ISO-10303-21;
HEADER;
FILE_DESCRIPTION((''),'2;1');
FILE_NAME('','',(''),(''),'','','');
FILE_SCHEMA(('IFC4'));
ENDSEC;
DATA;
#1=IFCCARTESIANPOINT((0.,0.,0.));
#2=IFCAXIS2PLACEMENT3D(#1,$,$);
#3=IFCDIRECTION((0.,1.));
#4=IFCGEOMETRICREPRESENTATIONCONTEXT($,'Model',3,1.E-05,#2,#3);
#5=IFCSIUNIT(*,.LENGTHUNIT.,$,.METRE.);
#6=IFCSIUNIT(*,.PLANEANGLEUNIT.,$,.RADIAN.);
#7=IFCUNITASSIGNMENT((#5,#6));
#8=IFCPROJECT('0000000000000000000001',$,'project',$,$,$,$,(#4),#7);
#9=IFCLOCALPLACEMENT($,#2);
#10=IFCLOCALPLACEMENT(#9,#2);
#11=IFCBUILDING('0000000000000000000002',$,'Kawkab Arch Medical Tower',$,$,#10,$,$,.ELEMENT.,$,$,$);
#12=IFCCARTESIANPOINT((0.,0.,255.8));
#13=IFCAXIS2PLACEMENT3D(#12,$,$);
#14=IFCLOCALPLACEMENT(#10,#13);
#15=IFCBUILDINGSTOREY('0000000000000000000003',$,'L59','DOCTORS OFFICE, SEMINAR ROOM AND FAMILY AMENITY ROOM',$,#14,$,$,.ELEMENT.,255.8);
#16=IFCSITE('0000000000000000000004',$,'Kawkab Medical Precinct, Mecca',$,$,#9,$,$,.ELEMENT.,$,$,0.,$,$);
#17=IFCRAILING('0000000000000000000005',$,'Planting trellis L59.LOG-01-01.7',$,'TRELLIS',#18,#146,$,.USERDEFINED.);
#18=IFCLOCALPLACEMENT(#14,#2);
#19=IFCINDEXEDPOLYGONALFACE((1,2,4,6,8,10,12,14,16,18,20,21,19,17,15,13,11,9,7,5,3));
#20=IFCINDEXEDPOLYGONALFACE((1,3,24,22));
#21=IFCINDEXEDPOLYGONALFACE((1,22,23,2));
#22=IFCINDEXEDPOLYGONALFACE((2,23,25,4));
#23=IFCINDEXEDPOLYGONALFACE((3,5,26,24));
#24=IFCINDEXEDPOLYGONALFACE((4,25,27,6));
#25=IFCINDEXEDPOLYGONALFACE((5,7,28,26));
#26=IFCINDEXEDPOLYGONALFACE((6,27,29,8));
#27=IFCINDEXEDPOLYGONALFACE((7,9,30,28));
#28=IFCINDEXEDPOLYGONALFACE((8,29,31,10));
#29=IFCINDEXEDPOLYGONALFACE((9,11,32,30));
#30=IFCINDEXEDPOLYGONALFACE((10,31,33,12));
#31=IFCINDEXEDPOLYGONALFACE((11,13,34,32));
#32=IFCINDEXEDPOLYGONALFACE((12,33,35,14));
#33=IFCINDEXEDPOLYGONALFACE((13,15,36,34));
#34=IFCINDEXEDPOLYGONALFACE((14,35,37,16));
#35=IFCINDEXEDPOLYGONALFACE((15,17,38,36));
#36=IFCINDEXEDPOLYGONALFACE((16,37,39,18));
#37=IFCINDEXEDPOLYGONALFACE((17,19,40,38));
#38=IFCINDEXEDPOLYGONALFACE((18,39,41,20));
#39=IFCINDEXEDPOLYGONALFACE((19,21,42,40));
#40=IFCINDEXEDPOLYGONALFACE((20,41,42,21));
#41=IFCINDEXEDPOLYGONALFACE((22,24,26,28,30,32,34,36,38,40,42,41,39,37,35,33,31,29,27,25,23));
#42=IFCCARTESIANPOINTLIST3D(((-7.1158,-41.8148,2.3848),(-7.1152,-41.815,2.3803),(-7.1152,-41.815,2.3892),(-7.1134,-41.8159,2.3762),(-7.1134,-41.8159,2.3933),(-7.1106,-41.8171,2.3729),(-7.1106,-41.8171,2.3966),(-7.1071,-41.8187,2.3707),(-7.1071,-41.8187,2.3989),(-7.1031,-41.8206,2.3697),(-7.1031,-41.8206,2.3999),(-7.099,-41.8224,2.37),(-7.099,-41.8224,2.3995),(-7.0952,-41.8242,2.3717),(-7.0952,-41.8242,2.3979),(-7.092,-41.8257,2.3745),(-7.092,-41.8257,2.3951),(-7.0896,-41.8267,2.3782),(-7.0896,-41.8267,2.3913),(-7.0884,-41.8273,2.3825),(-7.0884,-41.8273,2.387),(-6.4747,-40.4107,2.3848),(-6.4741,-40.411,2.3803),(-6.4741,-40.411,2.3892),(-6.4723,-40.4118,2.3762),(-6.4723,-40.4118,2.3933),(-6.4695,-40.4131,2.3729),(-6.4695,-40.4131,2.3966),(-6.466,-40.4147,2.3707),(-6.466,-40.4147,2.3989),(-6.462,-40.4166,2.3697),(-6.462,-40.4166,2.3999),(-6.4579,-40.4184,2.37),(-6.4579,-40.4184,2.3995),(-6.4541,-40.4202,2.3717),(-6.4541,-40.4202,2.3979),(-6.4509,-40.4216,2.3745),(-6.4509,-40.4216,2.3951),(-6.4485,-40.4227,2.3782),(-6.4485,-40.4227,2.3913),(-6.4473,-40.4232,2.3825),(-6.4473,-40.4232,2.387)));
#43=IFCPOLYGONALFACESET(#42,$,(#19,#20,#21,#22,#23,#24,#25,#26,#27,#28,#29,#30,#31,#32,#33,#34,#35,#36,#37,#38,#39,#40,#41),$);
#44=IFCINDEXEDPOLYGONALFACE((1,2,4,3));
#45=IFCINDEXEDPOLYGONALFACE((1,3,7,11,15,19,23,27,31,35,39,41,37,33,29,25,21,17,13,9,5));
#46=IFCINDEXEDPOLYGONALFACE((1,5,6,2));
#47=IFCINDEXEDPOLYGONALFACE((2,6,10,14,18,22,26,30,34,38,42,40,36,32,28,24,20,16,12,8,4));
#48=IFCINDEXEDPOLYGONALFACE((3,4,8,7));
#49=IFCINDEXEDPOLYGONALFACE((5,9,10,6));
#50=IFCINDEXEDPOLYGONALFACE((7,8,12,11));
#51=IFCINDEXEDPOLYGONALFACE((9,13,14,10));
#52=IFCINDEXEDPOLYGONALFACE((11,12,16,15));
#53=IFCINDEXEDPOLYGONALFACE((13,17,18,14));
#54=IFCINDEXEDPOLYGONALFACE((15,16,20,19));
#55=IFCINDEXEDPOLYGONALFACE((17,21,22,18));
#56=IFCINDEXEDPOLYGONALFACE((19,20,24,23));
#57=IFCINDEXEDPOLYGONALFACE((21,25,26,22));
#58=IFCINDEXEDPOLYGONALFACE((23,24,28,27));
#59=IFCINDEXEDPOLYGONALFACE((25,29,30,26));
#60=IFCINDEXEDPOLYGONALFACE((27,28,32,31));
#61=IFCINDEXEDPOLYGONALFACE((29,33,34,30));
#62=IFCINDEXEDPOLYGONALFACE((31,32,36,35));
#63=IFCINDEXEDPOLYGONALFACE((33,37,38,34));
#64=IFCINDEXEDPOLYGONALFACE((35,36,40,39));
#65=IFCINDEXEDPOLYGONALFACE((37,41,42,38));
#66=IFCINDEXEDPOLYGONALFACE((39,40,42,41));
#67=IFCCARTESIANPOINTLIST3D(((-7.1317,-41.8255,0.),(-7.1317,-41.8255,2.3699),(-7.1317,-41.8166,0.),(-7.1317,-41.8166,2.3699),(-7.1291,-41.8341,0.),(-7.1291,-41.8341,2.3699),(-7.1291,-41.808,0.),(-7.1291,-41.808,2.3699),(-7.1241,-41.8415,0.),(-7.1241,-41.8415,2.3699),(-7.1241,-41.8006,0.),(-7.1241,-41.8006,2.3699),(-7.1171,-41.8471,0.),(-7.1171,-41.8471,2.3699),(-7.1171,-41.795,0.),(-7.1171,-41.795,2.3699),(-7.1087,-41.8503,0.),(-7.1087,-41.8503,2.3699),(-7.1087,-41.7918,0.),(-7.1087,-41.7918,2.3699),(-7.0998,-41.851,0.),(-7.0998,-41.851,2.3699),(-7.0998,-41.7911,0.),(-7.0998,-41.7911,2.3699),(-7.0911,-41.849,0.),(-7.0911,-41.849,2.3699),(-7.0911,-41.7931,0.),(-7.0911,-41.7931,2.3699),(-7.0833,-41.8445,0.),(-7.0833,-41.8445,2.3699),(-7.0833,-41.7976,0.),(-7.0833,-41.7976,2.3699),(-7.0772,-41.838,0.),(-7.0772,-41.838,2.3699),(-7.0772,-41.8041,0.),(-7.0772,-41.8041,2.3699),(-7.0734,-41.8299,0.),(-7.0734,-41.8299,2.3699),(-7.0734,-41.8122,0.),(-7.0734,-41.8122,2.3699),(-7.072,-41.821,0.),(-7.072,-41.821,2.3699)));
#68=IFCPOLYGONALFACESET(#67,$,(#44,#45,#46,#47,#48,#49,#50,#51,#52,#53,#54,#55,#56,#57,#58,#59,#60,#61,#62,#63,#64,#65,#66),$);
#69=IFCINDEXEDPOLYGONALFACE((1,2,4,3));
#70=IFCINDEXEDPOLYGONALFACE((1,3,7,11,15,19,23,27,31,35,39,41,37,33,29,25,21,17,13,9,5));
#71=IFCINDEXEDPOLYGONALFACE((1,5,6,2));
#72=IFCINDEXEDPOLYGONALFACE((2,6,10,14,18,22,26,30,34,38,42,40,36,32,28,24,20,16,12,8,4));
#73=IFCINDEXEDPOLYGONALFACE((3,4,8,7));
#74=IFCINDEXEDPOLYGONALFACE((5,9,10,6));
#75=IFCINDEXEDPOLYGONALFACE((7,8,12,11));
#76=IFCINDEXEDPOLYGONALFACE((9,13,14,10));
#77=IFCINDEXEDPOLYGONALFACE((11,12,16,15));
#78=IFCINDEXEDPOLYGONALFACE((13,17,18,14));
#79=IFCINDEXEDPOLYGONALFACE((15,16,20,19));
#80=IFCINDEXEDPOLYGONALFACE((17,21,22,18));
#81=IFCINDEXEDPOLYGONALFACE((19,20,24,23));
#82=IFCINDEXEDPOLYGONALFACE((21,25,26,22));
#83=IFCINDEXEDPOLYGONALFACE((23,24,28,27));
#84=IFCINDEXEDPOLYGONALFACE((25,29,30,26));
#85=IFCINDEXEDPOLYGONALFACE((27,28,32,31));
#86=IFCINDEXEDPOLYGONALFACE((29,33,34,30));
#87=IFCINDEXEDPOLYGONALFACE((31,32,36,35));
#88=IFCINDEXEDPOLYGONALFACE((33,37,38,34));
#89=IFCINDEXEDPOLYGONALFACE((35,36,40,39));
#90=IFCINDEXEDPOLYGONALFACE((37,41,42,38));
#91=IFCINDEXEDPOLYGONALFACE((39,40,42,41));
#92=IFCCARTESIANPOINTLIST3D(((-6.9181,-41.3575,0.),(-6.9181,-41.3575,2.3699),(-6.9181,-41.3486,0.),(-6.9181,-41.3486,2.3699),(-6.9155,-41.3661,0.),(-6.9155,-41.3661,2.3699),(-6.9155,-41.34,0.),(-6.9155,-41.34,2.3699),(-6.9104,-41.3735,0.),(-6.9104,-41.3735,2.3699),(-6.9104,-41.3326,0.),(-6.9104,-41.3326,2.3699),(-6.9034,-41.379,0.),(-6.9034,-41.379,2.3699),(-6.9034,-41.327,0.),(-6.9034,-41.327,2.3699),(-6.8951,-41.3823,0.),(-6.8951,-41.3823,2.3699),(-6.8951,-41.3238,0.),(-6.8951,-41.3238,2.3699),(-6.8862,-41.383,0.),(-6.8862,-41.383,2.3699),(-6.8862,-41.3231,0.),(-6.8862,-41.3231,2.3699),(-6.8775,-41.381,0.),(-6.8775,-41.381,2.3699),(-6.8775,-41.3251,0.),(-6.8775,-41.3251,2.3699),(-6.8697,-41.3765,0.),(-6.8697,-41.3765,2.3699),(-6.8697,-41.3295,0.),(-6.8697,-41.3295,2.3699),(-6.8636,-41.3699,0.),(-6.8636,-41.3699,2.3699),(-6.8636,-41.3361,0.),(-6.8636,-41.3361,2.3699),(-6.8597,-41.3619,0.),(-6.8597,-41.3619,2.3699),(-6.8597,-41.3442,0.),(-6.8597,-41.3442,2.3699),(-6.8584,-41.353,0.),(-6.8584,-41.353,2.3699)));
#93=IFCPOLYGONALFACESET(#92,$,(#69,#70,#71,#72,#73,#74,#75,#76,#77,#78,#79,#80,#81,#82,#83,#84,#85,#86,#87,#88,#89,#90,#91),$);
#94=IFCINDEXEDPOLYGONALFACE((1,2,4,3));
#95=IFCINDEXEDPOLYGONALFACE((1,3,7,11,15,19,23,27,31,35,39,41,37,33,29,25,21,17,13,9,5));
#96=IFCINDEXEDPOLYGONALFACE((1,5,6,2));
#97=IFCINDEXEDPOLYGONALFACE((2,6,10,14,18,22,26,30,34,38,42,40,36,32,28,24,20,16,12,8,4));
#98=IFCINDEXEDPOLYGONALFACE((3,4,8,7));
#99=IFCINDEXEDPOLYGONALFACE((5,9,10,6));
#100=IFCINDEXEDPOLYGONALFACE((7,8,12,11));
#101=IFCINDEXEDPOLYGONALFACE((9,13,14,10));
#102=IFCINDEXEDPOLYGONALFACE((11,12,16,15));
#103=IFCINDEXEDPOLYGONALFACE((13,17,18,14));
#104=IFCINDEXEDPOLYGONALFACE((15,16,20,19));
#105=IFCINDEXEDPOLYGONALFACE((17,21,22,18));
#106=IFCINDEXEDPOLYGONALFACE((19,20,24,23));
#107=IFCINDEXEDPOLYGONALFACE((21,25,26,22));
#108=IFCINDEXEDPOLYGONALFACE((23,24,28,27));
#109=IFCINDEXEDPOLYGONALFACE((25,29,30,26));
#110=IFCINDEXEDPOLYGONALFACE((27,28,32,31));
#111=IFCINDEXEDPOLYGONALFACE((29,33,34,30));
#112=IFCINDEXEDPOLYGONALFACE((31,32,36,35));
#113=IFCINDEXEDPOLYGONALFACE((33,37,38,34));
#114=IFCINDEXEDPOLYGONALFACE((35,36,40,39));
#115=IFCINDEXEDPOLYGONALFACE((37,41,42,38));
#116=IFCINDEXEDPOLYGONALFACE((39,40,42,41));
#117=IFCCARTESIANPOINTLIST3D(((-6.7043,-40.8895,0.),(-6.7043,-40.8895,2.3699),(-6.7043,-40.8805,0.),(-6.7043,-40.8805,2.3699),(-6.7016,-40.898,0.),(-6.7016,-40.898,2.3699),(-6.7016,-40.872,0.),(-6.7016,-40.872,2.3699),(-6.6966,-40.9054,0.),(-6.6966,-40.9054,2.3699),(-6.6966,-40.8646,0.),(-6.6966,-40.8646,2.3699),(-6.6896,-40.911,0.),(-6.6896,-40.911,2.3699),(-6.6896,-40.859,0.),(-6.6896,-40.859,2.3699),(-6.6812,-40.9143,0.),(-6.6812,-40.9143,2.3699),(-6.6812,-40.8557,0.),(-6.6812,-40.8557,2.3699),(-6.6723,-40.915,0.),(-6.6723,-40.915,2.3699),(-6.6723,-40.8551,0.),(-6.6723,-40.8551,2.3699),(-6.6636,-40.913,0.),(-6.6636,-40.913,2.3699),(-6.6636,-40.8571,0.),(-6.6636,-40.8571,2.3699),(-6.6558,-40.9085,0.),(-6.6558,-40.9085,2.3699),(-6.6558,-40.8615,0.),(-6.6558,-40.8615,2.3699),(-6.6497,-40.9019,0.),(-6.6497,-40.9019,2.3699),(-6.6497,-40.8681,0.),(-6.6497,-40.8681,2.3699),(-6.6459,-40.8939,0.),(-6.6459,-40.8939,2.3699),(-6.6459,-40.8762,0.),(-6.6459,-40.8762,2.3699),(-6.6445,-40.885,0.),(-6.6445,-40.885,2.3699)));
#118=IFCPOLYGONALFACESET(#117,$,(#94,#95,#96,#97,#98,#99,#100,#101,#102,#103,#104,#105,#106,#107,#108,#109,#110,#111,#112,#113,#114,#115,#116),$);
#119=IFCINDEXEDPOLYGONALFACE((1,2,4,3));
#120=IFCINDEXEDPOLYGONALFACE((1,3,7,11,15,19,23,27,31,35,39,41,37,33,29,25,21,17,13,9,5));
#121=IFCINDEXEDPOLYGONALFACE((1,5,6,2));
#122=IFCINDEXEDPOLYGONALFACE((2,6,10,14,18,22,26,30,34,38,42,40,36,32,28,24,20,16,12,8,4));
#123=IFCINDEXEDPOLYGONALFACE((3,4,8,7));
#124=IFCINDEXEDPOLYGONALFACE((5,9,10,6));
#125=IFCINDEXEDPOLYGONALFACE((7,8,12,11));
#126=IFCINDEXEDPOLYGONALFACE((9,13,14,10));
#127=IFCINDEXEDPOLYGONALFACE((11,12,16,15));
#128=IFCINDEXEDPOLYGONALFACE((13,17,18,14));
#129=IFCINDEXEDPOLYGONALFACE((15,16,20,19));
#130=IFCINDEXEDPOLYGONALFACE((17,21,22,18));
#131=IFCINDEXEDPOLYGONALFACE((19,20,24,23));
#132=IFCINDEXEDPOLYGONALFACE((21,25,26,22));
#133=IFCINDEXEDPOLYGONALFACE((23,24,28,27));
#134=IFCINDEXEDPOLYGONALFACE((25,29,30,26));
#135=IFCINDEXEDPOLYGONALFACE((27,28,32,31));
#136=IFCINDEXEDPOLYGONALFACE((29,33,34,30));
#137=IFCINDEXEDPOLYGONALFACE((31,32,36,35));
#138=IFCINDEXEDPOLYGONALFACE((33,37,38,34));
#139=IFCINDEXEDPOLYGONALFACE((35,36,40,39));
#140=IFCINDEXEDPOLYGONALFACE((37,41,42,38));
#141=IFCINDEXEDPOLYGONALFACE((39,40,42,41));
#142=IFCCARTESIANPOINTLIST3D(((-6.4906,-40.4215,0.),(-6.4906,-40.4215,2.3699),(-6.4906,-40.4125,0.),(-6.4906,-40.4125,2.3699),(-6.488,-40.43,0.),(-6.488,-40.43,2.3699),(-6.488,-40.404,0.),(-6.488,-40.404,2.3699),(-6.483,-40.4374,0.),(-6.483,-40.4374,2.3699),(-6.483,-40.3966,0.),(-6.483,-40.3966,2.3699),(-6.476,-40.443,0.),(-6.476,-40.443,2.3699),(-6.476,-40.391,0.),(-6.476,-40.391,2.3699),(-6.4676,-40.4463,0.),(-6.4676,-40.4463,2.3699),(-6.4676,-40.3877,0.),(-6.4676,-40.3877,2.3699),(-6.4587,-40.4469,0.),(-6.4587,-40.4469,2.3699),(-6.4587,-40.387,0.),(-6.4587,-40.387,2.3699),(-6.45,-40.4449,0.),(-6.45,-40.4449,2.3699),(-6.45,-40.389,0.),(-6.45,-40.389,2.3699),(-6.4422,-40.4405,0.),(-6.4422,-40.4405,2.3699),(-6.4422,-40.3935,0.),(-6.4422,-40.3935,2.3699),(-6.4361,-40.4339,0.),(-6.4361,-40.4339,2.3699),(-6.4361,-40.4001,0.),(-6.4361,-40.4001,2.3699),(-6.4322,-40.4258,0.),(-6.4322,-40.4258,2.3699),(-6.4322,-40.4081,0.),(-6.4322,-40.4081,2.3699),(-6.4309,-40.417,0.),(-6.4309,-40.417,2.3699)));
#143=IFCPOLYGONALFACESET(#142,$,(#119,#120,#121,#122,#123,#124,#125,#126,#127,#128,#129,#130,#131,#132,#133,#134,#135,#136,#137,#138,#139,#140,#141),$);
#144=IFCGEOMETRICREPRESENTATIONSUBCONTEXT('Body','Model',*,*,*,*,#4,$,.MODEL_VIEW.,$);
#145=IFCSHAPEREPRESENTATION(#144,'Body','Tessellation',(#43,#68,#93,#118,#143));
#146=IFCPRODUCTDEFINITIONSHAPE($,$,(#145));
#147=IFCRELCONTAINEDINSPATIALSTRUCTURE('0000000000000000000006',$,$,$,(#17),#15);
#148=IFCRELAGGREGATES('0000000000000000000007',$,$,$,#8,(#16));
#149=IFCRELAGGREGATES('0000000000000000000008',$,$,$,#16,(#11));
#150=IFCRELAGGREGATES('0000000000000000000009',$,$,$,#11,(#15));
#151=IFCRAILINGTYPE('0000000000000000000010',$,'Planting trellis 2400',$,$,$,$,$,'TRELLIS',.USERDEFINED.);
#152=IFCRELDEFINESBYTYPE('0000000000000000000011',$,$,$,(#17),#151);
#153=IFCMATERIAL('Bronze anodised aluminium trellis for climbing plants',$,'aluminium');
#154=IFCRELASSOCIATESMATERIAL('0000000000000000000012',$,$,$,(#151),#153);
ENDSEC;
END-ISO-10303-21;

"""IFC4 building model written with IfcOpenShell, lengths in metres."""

from ifc_helpers import new_model, si_unit, direction, frame, origin, origin_2d, place, context, subcontext, project, spatial, circle, extrude, material, type_object, element, save


model = new_model("IFC4")

# Units and contexts
model_context = context("Model", 3, precision=1e-05, world=origin(), true_north=direction((0.0, 1.0)))
body_context = subcontext(model_context, "Body", "Model", "MODEL_VIEW")
ifc_project = project(units=[si_unit("LENGTHUNIT", "METRE"), si_unit("PLANEANGLEUNIT", "RADIAN")], contexts=[model_context])

# Site, building, storey
site_placement = place(None, origin())
site = spatial("IfcSite", under=ifc_project, at=site_placement, Name="Kawkab Medical Precinct, Mecca", CompositionType="ELEMENT", RefElevation=0.0)
building_placement = place(site_placement, origin())
building = spatial("IfcBuilding", under=site, at=building_placement, Name="Kawkab Arch Medical Tower", CompositionType="ELEMENT")
storey_placement = place(building_placement, frame((0.0, 0.0, 255.8)))
storey = spatial("IfcBuildingStorey", under=building, at=storey_placement, Name="L59", Description="DOCTORS OFFICE, SEMINAR ROOM AND FAMILY AMENITY ROOM", CompositionType="ELEMENT", Elevation=255.8)

# Railing
ifc_material_1 = material(Name="Bronze anodised aluminium trellis for climbing plants", Category="aluminium")
railing_type = type_object("IfcRailingType", Name="Planting trellis 2400", ElementType="TRELLIS", PredefinedType="USERDEFINED", material=ifc_material_1)
railing_1_placement = place(storey_placement, frame((-7.1021, -41.821, 0.0)))
element("IfcRailing", 1, at=railing_1_placement, inside=storey, type_object=railing_type, Name="Planting trellis L59.LOG-01-01.7", ObjectType="TRELLIS", PredefinedType="USERDEFINED", context=body_context, shape_type="SweptSolid", body=[
    extrude(circle(Radius=0.0151, at=origin_2d()), frame((0.0, 0.0, 2.3848), z_axis=(0.415363, 0.909656, 0.0), x_axis=(-0.909656, 0.415363, 0.0)), (0.0, 0.0, 1.0), 1.5435),
    extrude(circle(Radius=0.03, at=origin_2d()), origin(), (0.0, 0.0, 1.0), 2.3699),
    extrude(circle(Radius=0.03, at=origin_2d()), frame((0.2136, 0.468, 0.0)), (0.0, 0.0, 1.0), 2.3699),
    extrude(circle(Radius=0.03, at=origin_2d()), frame((0.4275, 0.936, 0.0)), (0.0, 0.0, 1.0), 2.3699),
    extrude(circle(Radius=0.03, at=origin_2d()), frame((0.6411, 1.4041, 0.0)), (0.0, 0.0, 1.0), 2.3699),
])

save(model, "model.ifc")
